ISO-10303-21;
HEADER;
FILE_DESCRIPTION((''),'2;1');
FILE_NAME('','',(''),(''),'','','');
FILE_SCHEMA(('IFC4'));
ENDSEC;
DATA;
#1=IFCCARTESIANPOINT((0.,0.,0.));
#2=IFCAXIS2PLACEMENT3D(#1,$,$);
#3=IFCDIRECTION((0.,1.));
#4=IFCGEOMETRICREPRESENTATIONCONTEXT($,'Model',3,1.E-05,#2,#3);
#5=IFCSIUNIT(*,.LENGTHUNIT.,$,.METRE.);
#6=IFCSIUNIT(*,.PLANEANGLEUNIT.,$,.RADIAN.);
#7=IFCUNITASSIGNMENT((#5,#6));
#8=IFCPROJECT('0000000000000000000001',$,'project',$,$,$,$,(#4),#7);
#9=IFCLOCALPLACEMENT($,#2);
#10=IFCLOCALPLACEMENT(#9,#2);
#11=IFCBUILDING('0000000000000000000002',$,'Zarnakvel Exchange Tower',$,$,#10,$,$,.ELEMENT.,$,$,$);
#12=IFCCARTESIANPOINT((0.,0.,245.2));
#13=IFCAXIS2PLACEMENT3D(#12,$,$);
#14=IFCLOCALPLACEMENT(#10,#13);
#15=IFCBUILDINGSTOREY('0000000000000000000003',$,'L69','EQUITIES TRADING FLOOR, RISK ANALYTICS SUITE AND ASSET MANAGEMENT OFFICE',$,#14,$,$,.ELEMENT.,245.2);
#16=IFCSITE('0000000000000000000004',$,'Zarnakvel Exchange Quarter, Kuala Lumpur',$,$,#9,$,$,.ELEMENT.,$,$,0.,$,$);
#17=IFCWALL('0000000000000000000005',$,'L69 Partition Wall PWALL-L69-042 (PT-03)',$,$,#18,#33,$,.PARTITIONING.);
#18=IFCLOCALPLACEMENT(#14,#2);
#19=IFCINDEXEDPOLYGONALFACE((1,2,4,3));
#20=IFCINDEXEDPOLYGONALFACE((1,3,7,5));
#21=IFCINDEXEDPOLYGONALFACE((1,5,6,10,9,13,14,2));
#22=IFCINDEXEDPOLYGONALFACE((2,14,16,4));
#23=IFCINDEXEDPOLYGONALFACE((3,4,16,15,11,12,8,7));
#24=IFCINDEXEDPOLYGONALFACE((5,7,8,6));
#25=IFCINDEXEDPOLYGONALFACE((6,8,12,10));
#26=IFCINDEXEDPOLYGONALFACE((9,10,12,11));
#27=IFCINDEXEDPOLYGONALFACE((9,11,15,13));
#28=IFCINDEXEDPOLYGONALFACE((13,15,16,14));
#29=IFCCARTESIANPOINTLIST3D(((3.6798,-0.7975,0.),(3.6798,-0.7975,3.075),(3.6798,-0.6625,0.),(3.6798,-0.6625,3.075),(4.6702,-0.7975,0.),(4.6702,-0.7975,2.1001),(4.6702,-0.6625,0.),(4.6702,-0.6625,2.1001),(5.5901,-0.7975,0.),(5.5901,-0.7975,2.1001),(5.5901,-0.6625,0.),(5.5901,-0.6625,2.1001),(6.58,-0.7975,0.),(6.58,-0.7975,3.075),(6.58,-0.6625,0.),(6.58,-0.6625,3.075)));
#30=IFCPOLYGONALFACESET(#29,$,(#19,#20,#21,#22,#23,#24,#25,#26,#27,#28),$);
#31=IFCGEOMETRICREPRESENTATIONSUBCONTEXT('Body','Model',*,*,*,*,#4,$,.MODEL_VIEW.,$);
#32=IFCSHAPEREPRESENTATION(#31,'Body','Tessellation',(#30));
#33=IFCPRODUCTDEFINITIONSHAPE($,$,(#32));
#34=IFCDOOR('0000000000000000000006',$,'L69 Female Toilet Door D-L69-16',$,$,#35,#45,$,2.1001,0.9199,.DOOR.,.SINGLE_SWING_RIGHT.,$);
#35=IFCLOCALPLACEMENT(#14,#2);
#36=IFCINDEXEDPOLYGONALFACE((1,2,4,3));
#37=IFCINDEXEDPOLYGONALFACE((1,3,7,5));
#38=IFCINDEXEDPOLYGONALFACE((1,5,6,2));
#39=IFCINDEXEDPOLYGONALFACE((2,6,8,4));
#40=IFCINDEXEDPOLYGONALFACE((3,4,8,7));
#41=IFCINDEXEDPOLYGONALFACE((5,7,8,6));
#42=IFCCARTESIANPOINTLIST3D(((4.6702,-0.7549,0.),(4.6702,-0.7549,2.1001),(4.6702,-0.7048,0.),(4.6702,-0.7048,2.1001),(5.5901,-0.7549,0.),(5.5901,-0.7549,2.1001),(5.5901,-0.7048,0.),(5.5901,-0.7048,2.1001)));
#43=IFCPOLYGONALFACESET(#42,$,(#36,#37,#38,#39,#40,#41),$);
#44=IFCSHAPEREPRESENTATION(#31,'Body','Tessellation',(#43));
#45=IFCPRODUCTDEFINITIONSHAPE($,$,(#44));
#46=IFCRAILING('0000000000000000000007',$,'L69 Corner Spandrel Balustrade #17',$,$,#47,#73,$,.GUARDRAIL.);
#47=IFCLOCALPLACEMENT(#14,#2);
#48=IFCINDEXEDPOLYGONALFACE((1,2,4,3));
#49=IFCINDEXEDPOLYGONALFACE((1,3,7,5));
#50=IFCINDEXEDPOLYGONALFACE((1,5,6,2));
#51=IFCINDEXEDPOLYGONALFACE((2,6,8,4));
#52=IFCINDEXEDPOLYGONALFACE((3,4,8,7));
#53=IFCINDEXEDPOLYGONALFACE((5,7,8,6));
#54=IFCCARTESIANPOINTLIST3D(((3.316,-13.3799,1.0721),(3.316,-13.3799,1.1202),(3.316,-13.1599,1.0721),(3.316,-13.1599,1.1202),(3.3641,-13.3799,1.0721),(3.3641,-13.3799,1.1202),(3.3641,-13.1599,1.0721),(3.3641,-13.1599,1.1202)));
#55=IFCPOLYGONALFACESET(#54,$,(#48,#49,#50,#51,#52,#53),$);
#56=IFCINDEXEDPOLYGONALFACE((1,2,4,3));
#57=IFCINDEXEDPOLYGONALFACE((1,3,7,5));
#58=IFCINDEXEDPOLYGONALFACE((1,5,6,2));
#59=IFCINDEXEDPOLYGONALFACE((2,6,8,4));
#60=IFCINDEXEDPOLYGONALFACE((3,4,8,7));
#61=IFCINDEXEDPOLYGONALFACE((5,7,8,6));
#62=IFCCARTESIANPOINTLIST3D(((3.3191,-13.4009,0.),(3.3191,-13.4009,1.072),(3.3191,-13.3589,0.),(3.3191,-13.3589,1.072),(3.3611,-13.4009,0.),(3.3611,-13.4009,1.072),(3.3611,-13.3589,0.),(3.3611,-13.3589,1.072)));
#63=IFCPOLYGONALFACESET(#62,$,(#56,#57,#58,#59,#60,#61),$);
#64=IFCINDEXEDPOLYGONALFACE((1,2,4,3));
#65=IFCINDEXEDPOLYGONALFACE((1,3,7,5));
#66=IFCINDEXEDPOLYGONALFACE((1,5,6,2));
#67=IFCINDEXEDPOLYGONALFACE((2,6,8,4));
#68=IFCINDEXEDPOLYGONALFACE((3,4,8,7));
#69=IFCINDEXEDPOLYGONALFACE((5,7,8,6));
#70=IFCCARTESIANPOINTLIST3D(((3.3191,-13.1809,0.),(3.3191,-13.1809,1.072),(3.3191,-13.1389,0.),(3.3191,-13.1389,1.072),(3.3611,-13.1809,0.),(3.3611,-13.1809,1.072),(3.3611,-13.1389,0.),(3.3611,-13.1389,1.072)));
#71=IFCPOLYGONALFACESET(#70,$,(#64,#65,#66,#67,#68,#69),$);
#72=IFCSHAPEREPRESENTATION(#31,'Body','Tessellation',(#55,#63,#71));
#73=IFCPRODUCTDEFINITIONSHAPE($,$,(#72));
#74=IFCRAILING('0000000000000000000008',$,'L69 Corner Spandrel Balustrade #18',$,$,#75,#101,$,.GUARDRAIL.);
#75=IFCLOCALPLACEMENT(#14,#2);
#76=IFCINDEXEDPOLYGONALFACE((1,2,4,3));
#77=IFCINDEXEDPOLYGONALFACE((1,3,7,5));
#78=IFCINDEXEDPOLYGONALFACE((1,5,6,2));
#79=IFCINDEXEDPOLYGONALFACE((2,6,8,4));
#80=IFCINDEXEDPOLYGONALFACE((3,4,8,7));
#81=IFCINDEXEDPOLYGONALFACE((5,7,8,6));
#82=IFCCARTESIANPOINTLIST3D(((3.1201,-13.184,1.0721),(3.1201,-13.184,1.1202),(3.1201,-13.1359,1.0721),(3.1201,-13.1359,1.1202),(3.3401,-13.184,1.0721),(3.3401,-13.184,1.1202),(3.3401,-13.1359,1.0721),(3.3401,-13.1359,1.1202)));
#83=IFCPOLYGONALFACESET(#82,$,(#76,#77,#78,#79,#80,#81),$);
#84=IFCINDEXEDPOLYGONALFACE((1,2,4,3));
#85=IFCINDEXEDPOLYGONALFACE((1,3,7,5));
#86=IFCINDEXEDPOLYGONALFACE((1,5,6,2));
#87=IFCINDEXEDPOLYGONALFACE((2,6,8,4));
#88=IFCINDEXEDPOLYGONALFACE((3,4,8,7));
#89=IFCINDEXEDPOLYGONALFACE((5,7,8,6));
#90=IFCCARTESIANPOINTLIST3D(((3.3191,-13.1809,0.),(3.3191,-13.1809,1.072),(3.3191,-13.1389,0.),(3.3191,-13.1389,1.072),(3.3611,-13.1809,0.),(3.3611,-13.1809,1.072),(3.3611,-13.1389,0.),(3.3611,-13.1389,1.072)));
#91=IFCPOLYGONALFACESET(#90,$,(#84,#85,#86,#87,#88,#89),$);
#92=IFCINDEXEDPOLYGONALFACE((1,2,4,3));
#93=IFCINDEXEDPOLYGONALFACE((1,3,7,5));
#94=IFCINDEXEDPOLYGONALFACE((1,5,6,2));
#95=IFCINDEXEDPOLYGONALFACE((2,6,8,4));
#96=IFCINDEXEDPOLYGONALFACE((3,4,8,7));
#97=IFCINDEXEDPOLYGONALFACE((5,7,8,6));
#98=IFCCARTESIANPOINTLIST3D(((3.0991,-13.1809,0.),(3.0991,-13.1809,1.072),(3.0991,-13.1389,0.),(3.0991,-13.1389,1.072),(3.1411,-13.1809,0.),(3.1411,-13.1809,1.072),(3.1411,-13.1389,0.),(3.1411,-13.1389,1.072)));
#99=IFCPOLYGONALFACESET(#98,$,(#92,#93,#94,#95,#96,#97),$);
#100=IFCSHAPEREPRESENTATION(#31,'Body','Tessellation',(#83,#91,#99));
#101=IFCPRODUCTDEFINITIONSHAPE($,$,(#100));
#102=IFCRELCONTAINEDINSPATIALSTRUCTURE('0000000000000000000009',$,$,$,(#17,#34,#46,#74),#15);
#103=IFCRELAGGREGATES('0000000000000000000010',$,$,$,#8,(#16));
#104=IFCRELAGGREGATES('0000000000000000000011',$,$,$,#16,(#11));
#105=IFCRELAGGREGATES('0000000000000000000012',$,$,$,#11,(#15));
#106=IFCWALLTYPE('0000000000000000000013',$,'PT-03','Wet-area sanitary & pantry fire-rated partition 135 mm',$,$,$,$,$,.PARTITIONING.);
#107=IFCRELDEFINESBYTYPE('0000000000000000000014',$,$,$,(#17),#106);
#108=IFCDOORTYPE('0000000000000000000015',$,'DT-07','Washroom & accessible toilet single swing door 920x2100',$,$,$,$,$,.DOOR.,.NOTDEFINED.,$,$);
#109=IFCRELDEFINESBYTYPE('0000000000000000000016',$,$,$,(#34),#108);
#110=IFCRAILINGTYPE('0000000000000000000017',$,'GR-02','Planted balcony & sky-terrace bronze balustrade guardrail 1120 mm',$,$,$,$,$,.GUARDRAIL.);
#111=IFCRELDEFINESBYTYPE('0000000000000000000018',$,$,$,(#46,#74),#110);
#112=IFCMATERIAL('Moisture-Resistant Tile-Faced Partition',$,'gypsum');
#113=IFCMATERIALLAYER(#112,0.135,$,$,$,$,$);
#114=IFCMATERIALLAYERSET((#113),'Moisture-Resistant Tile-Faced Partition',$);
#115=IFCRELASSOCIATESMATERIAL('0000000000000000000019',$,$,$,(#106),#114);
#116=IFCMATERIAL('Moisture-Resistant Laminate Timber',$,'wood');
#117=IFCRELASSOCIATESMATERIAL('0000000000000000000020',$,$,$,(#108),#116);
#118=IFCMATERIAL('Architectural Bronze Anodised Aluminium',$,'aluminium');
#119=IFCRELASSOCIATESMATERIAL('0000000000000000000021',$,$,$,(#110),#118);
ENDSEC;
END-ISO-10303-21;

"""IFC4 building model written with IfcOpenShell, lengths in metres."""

from ifc_helpers import new_model, si_unit, direction, frame, frame_2d, origin, origin_2d, place, context, subcontext, project, spatial, rectangle, extrude, source, transform, mapped, material, layer, layer_set, type_object, element, fill, save


model = new_model("IFC4")

# Units and contexts
model_context = context("Model", 3, precision=1e-05, world=origin(), true_north=direction((0.0, 1.0)))
body_context = subcontext(model_context, "Body", "Model", "MODEL_VIEW")
ifc_project = project(units=[si_unit("LENGTHUNIT", "METRE"), si_unit("PLANEANGLEUNIT", "RADIAN")], contexts=[model_context])

# Site, building, storey
site_placement = place(None, origin())
site = spatial("IfcSite", under=ifc_project, at=site_placement, Name="Zarnakvel Exchange Quarter, Kuala Lumpur", CompositionType="ELEMENT", RefElevation=0.0)
building_placement = place(site_placement, origin())
building = spatial("IfcBuilding", under=site, at=building_placement, Name="Zarnakvel Exchange Tower", CompositionType="ELEMENT")
storey_placement = place(building_placement, frame((0.0, 0.0, 245.2)))
storey = spatial("IfcBuildingStorey", under=building, at=storey_placement, Name="L69", Description="EQUITIES TRADING FLOOR, RISK ANALYTICS SUITE AND ASSET MANAGEMENT OFFICE", CompositionType="ELEMENT", Elevation=245.2)

# Shared definitions
ifc_material_1 = material(Name="Architectural Bronze Anodised Aluminium", Category="aluminium")

# Wall, opening, door
ifc_material_2 = material(Name="Moisture-Resistant Tile-Faced Partition", Category="gypsum")
ifc_layer_1 = layer(ifc_material_2, 0.135)
ifc_layer_set_1 = layer_set([ifc_layer_1], Name="Moisture-Resistant Tile-Faced Partition")
wall_type_1 = type_object("IfcWallType", Name="PT-03", Description="Wet-area sanitary & pantry fire-rated partition 135 mm", PredefinedType="PARTITIONING", material=ifc_layer_set_1)
wall_1_placement = place(storey_placement, frame((6.5801, -0.73, 0.0), z_axis=(0.0, 0.0, 1.0), x_axis=(-1.0, 0.0, 0.0)))
wall_1 = element("IfcWall", 1, at=wall_1_placement, inside=storey, type_object=wall_type_1, Name="L69 Partition Wall PWALL-L69-042 (PT-03)", PredefinedType="PARTITIONING", context=body_context, shape_type="SweptSolid", body=[
    extrude(rectangle(XDim=2.9001, YDim=0.135, at=frame_2d((1.4502, 0.0))), origin(), (0.0, 0.0, 1.0), 3.075),
])
opening_1_placement = place(wall_1_placement, frame((0.99, 0.0, 0.0)))
opening_1 = element("IfcOpeningElement", 2, at=opening_1_placement, cuts=wall_1, PredefinedType="OPENING", context=body_context, shape_type="SweptSolid", body=[
    extrude(rectangle(XDim=0.9199, YDim=2.1001, at=frame_2d((0.46, 1.05))), frame((0.0, 0.0774, 0.0), z_axis=(0.0, -1.0, 0.0), x_axis=(1.0, 0.0, 0.0)), (0.0, 0.0, 1.0), 0.155),
])
ifc_material_3 = material(Name="Moisture-Resistant Laminate Timber", Category="wood")
door_type_1 = type_object("IfcDoorType", Name="DT-07", Description="Washroom & accessible toilet single swing door 920x2100", OperationType="NOTDEFINED", PredefinedType="DOOR", material=ifc_material_3)
shared_shape_1 = source(origin(), body_context, "Body", "SweptSolid", [
    extrude(rectangle(XDim=0.9199, YDim=2.1001, at=frame_2d((0.46, 1.05))), frame((0.0, 0.0249, 0.0), z_axis=(0.0, -1.0, 0.0), x_axis=(1.0, 0.0, 0.0)), (0.0, 0.0, 1.0), 0.05),
])
door_1_placement = place(opening_1_placement, origin())
door_1 = element("IfcDoor", 3, at=door_1_placement, inside=storey, type_object=door_type_1, Name="L69 Female Toilet Door D-L69-16", OperationType="SINGLE_SWING_RIGHT", OverallHeight=2.1001, OverallWidth=0.9199, PredefinedType="DOOR", context=body_context, shape_type="MappedRepresentation", body=[
    mapped(shared_shape_1, transform((0.0, 0.0, 0.0), x_axis=(1.0, 0.0, 0.0), y_axis=(0.0, 1.0, 0.0), z_axis=(0.0, 0.0, 1.0), scale=1.0)),
])
fill(opening_1, door_1)

# Railings
railing_type = type_object("IfcRailingType", Name="GR-02", Description="Planted balcony & sky-terrace bronze balustrade guardrail 1120 mm", PredefinedType="GUARDRAIL", material=ifc_material_1)
railing_1_placement = place(storey_placement, frame((3.3401, -13.3799, 0.0)))
element("IfcRailing", 4, at=railing_1_placement, inside=storey, type_object=railing_type, Name="L69 Corner Spandrel Balustrade #17", PredefinedType="GUARDRAIL", context=body_context, shape_type="SweptSolid", body=[
    extrude(rectangle(XDim=0.0481, YDim=0.0481, at=origin_2d()), frame((0.0, 0.0, 1.0962), z_axis=(0.0, 1.0, 0.0), x_axis=(-1.0, 0.0, 0.0)), (0.0, 0.0, 1.0), 0.22),
    extrude(rectangle(XDim=0.042, YDim=0.042, at=origin_2d()), origin(), (0.0, 0.0, 1.0), 1.072),
    extrude(rectangle(XDim=0.042, YDim=0.042, at=origin_2d()), frame((0.0, 0.22, 0.0)), (0.0, 0.0, 1.0), 1.072),
])
railing_2_placement = place(storey_placement, frame((3.3401, -13.1599, 0.0)))
element("IfcRailing", 5, at=railing_2_placement, inside=storey, type_object=railing_type, Name="L69 Corner Spandrel Balustrade #18", PredefinedType="GUARDRAIL", context=body_context, shape_type="SweptSolid", body=[
    extrude(rectangle(XDim=0.0481, YDim=0.0481, at=origin_2d()), frame((0.0, 0.0, 1.0962), z_axis=(-1.0, 0.0, 0.0), x_axis=(0.0, -1.0, 0.0)), (0.0, 0.0, 1.0), 0.22),
    extrude(rectangle(XDim=0.042, YDim=0.042, at=origin_2d()), origin(), (0.0, 0.0, 1.0), 1.072),
    extrude(rectangle(XDim=0.042, YDim=0.042, at=origin_2d()), frame((-0.22, 0.0, 0.0)), (0.0, 0.0, 1.0), 1.072),
])

save(model, "model.ifc")
